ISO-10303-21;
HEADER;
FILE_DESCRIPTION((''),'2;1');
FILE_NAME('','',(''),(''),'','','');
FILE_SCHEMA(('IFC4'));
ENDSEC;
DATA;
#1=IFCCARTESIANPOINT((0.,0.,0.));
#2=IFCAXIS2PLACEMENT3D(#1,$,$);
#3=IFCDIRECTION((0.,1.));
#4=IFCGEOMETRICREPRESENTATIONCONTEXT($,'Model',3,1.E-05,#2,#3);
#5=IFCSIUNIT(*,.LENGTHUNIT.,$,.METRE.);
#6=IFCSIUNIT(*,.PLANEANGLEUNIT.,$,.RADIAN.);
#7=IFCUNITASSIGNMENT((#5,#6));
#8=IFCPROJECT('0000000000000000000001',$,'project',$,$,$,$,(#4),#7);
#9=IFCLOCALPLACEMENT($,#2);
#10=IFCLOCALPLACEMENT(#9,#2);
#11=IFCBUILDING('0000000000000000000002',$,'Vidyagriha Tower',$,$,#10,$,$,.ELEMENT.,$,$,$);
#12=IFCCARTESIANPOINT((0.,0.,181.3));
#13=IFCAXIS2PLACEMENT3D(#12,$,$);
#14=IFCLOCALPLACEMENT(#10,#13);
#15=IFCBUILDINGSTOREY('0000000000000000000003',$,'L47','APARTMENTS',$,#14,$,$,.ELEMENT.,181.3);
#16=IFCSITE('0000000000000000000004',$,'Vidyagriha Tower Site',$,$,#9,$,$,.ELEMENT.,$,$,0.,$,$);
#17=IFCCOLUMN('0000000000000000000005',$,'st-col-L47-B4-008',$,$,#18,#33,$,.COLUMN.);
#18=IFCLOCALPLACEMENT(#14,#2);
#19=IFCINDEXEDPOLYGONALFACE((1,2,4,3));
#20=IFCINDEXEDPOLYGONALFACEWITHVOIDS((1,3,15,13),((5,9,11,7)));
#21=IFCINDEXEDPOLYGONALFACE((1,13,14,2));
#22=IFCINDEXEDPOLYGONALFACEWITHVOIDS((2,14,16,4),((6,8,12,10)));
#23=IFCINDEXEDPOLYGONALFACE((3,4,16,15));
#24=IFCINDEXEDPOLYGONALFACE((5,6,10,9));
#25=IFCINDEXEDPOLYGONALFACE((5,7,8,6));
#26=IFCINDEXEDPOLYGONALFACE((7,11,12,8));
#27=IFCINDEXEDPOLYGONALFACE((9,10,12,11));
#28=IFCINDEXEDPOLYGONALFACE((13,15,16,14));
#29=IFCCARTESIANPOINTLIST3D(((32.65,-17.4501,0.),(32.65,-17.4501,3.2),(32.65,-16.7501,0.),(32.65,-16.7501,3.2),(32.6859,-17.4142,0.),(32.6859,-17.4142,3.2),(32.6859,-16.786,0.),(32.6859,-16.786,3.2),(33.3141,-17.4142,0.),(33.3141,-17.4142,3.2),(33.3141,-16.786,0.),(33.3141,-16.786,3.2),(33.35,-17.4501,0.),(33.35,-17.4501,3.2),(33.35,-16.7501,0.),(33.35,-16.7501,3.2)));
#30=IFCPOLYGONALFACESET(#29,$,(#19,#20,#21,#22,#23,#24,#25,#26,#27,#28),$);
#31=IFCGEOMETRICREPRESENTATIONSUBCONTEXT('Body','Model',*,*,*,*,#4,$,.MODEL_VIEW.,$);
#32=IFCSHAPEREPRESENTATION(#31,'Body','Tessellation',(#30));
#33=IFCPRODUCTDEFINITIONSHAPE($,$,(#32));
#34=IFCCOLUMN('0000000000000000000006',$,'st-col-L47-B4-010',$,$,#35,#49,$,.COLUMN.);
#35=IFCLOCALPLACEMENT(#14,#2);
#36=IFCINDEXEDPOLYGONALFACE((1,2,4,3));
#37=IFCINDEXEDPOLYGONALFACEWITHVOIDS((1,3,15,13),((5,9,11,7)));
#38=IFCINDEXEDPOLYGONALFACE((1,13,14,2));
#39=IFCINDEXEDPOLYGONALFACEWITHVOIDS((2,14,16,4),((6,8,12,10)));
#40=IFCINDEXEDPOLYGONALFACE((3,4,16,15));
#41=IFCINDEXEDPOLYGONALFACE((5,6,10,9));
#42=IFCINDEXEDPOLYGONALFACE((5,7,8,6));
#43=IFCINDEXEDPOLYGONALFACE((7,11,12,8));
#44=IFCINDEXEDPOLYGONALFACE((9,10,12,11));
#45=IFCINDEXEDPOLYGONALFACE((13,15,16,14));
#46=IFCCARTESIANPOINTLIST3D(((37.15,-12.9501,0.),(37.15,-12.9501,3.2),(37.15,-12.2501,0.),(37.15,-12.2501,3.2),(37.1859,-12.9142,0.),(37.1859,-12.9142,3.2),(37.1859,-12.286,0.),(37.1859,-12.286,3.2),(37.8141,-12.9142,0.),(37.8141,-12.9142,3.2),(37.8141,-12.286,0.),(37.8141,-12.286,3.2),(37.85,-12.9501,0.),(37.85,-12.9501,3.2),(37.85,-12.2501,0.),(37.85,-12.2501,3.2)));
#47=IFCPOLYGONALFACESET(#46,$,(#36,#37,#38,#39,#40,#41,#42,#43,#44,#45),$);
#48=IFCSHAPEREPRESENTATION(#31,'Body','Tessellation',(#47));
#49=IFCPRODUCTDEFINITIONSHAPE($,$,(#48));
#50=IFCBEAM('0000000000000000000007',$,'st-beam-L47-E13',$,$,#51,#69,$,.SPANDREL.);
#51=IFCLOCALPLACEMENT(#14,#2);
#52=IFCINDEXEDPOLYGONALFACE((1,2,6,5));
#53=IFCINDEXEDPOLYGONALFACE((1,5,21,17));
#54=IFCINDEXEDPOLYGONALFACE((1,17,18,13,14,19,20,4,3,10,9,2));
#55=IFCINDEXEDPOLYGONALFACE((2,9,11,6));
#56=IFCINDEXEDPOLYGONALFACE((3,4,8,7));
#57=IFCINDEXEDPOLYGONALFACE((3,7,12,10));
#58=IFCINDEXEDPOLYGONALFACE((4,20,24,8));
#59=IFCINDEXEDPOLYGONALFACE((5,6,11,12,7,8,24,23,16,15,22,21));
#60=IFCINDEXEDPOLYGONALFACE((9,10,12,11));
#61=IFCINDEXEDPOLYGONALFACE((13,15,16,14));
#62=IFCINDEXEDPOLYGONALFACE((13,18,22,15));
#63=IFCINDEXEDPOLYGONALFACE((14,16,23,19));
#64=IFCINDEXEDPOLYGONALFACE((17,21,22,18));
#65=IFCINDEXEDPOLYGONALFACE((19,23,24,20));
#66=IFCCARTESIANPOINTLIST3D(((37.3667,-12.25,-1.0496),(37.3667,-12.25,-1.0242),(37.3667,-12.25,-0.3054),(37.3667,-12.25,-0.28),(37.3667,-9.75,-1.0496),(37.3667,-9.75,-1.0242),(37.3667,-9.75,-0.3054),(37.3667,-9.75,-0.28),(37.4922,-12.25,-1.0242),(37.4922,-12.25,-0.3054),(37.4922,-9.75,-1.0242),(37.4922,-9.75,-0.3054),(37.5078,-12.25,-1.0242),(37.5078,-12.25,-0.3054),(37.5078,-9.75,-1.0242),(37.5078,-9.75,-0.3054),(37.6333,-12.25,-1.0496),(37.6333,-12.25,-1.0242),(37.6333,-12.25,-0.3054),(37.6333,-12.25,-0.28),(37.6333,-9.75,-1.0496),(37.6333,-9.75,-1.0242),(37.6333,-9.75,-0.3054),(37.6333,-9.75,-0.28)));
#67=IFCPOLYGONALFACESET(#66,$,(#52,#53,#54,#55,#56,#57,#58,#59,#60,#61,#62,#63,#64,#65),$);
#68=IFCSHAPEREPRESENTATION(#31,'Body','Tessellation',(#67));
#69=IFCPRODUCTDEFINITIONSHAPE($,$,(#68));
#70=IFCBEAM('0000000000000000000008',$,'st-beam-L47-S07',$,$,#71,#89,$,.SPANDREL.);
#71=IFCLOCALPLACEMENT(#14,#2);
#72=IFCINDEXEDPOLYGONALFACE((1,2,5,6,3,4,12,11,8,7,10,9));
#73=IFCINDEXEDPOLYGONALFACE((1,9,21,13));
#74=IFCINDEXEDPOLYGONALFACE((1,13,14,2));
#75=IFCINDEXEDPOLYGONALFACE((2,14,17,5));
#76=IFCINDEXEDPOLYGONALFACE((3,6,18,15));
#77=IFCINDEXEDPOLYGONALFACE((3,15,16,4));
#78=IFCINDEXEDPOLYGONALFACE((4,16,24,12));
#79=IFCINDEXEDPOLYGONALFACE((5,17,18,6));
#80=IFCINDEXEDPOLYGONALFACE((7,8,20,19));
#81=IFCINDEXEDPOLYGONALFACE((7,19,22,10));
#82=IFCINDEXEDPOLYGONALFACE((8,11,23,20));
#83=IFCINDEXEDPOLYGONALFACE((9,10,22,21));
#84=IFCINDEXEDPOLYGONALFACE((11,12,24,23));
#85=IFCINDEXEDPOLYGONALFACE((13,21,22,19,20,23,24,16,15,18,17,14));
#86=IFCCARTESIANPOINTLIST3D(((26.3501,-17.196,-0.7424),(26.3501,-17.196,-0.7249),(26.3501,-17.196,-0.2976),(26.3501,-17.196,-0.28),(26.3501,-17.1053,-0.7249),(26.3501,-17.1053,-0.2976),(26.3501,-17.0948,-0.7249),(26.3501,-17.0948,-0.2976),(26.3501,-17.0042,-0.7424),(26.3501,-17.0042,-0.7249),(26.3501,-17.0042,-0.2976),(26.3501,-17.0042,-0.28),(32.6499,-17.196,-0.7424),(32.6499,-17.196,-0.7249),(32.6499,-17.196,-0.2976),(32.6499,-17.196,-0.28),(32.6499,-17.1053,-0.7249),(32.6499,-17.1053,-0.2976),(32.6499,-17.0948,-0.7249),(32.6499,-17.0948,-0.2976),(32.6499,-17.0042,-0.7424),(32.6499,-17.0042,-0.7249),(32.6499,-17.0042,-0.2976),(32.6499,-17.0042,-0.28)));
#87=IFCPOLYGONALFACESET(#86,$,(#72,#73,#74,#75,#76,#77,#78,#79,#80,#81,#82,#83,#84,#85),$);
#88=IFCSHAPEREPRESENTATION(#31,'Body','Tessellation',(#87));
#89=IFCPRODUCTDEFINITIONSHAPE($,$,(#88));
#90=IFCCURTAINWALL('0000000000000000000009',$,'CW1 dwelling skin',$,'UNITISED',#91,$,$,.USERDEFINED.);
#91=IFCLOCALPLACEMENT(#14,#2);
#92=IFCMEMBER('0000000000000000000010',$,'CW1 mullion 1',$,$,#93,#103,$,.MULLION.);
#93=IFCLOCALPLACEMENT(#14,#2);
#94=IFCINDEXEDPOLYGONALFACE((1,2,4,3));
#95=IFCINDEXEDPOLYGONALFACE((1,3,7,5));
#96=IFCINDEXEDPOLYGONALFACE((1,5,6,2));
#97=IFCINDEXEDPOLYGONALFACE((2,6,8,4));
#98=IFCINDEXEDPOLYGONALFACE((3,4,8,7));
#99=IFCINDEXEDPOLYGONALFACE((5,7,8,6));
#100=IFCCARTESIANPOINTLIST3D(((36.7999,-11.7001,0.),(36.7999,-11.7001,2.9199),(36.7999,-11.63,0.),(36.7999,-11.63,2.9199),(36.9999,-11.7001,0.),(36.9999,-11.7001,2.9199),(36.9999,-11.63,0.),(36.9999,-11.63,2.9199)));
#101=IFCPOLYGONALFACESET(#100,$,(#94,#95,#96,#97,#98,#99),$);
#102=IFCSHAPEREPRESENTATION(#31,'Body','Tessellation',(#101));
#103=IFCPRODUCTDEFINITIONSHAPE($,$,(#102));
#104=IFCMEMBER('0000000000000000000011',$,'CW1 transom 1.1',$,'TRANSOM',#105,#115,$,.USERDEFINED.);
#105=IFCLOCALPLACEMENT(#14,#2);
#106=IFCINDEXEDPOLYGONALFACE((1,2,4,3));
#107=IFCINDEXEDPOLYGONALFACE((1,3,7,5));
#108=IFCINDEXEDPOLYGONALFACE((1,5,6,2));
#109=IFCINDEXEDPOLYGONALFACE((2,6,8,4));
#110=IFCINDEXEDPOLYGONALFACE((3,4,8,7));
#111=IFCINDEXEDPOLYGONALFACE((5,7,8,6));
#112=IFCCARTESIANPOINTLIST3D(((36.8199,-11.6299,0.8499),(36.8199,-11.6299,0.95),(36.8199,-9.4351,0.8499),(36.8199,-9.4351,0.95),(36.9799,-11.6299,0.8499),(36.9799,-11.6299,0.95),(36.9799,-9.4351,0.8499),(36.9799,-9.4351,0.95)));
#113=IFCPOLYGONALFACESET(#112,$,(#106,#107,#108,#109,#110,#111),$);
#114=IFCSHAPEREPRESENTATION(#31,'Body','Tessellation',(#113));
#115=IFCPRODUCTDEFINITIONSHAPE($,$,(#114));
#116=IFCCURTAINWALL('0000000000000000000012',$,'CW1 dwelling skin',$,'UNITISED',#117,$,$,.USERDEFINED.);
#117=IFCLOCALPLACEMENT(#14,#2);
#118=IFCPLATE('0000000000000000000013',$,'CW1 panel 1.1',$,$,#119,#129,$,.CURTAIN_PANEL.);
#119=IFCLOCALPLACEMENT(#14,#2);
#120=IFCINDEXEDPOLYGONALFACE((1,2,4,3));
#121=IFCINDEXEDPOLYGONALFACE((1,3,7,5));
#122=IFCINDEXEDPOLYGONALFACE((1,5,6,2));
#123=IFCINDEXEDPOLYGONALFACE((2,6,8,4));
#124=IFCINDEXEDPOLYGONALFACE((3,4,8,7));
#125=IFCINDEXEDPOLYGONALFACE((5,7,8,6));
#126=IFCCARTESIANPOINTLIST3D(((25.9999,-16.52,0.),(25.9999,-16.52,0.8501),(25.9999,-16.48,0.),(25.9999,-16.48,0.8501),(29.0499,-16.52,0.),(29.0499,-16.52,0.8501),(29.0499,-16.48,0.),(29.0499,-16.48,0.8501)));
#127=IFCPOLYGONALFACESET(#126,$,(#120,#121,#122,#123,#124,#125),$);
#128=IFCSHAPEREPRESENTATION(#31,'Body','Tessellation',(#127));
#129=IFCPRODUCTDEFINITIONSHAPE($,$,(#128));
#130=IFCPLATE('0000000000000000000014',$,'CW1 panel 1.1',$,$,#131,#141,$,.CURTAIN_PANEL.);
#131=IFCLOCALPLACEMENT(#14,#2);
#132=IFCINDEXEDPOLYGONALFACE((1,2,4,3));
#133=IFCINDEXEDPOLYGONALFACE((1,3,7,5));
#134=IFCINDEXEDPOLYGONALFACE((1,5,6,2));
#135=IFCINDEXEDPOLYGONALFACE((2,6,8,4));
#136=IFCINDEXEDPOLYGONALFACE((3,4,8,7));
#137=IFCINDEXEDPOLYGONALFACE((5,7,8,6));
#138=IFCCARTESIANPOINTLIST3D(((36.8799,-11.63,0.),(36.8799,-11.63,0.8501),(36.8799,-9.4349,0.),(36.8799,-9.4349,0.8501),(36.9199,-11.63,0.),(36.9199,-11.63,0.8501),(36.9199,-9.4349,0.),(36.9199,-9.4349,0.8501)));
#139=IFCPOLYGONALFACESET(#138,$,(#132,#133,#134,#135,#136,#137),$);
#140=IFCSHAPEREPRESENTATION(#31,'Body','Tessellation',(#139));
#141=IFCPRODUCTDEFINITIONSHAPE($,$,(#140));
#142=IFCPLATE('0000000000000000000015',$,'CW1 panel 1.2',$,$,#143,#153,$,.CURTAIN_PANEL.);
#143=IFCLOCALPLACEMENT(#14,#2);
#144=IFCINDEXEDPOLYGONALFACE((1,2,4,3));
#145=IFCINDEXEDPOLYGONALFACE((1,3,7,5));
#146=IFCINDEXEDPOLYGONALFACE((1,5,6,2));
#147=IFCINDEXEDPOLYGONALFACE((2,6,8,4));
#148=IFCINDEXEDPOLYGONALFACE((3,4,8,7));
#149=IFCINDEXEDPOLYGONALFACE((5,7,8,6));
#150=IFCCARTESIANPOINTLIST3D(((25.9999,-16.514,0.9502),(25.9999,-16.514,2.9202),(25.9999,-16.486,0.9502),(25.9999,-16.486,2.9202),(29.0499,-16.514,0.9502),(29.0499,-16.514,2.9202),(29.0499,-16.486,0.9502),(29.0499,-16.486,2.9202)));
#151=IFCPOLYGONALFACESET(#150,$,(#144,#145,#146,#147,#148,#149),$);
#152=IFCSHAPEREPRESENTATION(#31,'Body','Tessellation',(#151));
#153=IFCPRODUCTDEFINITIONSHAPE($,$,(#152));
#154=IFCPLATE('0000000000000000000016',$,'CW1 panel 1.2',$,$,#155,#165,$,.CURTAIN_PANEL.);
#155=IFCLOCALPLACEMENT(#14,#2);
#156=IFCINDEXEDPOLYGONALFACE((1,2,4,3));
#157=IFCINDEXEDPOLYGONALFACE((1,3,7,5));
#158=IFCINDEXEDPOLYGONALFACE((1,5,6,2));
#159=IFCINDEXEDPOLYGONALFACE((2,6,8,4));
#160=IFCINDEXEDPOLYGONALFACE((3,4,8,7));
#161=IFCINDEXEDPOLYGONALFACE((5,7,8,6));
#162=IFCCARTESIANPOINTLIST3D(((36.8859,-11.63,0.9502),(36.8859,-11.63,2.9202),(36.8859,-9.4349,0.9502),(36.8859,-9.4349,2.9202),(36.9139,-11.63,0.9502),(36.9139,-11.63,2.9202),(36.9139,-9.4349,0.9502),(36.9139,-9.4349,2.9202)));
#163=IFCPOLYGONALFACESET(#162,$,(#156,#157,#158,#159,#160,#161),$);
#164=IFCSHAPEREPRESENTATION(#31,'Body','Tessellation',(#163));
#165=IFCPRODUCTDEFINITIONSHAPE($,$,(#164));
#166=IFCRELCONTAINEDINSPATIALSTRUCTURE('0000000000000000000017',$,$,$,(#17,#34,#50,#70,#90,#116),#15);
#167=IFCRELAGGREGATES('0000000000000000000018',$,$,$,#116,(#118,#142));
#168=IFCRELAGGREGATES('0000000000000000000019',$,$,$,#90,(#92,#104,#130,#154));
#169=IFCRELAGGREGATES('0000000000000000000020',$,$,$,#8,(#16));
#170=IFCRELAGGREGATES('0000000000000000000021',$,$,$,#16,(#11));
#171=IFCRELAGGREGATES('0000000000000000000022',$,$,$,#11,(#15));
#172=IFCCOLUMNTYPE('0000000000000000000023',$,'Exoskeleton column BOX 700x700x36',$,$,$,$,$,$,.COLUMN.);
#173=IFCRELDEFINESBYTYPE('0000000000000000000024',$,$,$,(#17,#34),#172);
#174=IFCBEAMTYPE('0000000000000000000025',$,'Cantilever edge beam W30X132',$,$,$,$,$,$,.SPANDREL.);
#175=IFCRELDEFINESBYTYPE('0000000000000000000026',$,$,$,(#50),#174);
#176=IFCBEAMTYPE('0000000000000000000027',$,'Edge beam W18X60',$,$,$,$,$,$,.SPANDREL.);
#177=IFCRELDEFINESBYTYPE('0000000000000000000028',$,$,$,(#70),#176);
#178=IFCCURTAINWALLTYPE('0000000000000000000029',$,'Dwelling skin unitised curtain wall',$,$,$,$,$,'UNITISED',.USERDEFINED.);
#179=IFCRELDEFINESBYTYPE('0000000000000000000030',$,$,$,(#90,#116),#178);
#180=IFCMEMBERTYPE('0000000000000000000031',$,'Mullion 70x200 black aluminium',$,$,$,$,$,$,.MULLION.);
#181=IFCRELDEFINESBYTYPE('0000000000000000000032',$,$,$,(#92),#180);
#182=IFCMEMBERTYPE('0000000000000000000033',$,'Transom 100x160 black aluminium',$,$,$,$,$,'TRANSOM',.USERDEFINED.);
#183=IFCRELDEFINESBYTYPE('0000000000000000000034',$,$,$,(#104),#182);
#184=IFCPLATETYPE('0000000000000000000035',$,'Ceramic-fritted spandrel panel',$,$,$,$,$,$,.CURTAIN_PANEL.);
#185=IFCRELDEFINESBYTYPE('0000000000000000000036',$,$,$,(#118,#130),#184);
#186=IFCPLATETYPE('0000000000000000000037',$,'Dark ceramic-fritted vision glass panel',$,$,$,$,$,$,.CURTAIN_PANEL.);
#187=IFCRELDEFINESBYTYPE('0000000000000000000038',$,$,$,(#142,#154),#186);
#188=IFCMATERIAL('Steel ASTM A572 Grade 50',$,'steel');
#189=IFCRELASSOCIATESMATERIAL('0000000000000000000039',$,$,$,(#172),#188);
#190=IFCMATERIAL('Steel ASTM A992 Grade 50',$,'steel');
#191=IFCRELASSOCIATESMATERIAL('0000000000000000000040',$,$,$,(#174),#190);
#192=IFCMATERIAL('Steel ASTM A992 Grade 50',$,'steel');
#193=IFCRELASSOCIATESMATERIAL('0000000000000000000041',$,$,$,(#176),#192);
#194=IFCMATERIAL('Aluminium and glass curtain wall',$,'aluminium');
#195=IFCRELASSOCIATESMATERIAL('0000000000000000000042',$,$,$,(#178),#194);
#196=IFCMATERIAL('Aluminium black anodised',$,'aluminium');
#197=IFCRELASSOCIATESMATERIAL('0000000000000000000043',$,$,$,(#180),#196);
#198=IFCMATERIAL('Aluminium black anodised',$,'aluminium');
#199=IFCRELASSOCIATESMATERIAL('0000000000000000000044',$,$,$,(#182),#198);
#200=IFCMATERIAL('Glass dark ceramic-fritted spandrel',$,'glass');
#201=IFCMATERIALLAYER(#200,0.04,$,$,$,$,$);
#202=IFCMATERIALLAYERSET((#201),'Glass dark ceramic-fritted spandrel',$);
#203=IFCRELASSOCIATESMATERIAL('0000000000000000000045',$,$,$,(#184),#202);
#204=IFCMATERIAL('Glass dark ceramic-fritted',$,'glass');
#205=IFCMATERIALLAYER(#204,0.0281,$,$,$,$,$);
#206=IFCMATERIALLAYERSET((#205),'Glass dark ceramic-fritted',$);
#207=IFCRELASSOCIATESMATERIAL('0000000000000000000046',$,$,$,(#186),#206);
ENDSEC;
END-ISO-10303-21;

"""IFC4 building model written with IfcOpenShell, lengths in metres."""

from ifc_helpers import new_model, si_unit, direction, frame, origin, origin_2d, place, context, subcontext, project, spatial, rectangle, hollow_rectangle, i_section, extrude, material, layer, layer_set, material_profile, profile_set, type_object, element, aggregate, save


model = new_model("IFC4")

# Units and contexts
model_context = context("Model", 3, precision=1e-05, world=origin(), true_north=direction((0.0, 1.0)))
body_context = subcontext(model_context, "Body", "Model", "MODEL_VIEW")
ifc_project = project(units=[si_unit("LENGTHUNIT", "METRE"), si_unit("PLANEANGLEUNIT", "RADIAN")], contexts=[model_context])

# Site, building, storey
site_placement = place(None, origin())
site = spatial("IfcSite", under=ifc_project, at=site_placement, Name="Vidyagriha Tower Site", CompositionType="ELEMENT", RefElevation=0.0)
building_placement = place(site_placement, origin())
building = spatial("IfcBuilding", under=site, at=building_placement, Name="Vidyagriha Tower", CompositionType="ELEMENT")
storey_placement = place(building_placement, frame((0.0, 0.0, 181.3)))
storey = spatial("IfcBuildingStorey", under=building, at=storey_placement, Name="L47", Description="APARTMENTS", CompositionType="ELEMENT", Elevation=181.3)

# Columns
ifc_material_1 = material(Name="Steel ASTM A572 Grade 50", Category="steel")
ifc_material_profile_1 = material_profile(ifc_material_1, hollow_rectangle(XDim=0.7, YDim=0.7, WallThickness=0.0359, at=origin_2d()), Name="BOX 700x700x36")
ifc_profile_set_1 = profile_set([ifc_material_profile_1], Name="Steel ASTM A572 Grade 50")
column_type = type_object("IfcColumnType", Name="Exoskeleton column BOX 700x700x36", PredefinedType="COLUMN", material=ifc_profile_set_1)
for number, where, name in (
    (1, (33.0, -17.1001, 0.0), "st-col-L47-B4-008"),
    (2, (37.5, -12.6001, 0.0), "st-col-L47-B4-010"),
):
    element("IfcColumn", number, at=place(storey_placement, frame(where)), inside=storey, type_object=column_type, Name=name, PredefinedType="COLUMN", context=body_context, shape_type="SweptSolid", body=[
        extrude(hollow_rectangle(XDim=0.7, YDim=0.7, WallThickness=0.0359, at=origin_2d()), origin(), (0.0, 0.0, 1.0), 3.2),
    ])

# Beams
ifc_material_2 = material(Name="Steel ASTM A992 Grade 50", Category="steel")
ifc_material_profile_2 = material_profile(ifc_material_2, i_section(OverallWidth=0.2666, OverallDepth=0.7695, WebThickness=0.0156, FlangeThickness=0.0254, at=origin_2d()), Name="W30X132")
ifc_profile_set_2 = profile_set([ifc_material_profile_2], Name="Steel ASTM A992 Grade 50")
beam_type_1 = type_object("IfcBeamType", Name="Cantilever edge beam W30X132", PredefinedType="SPANDREL", material=ifc_profile_set_2)
beam_1_placement = place(storey_placement, frame((37.5, -12.25, -0.6648), z_axis=(0.0, 1.0, 0.0), x_axis=(-1.0, 0.0, 0.0)))
element("IfcBeam", 3, at=beam_1_placement, inside=storey, type_object=beam_type_1, Name="st-beam-L47-E13", PredefinedType="SPANDREL", context=body_context, shape_type="SweptSolid", body=[
    extrude(i_section(OverallWidth=0.2666, OverallDepth=0.7695, WebThickness=0.0156, FlangeThickness=0.0254, at=origin_2d()), origin(), (0.0, 0.0, 1.0), 2.5),
])
ifc_material_3 = material(Name="Steel ASTM A992 Grade 50", Category="steel")
ifc_material_profile_3 = material_profile(ifc_material_3, i_section(OverallWidth=0.1919, OverallDepth=0.4624, WebThickness=0.0105, FlangeThickness=0.0176, at=origin_2d()), Name="W18X60")
ifc_profile_set_3 = profile_set([ifc_material_profile_3], Name="Steel ASTM A992 Grade 50")
beam_type_2 = type_object("IfcBeamType", Name="Edge beam W18X60", PredefinedType="SPANDREL", material=ifc_profile_set_3)
beam_2_placement = place(storey_placement, frame((26.3501, -17.1001, -0.5112), z_axis=(1.0, 0.0, 0.0), x_axis=(0.0, 1.0, 0.0)))
element("IfcBeam", 4, at=beam_2_placement, inside=storey, type_object=beam_type_2, Name="st-beam-L47-S07", PredefinedType="SPANDREL", context=body_context, shape_type="SweptSolid", body=[
    extrude(i_section(OverallWidth=0.1919, OverallDepth=0.4624, WebThickness=0.0105, FlangeThickness=0.0176, at=origin_2d()), origin(), (0.0, 0.0, 1.0), 6.2998),
])

# Curtain wall, members
ifc_material_4 = material(Name="Aluminium and glass curtain wall", Category="aluminium")
curtain_wall_type = type_object("IfcCurtainWallType", Name="Dwelling skin unitised curtain wall", ElementType="UNITISED", PredefinedType="USERDEFINED", material=ifc_material_4)
curtain_wall_1_placement = place(storey_placement, origin())
curtain_wall_1 = element("IfcCurtainWall", 5, at=curtain_wall_1_placement, inside=storey, type_object=curtain_wall_type, Name="CW1 dwelling skin", ObjectType="UNITISED", PredefinedType="USERDEFINED")
ifc_material_5 = material(Name="Aluminium black anodised", Category="aluminium")
ifc_material_profile_4 = material_profile(ifc_material_5, rectangle(XDim=0.2, YDim=0.0701, at=origin_2d()), Name="Mullion 70x200 black aluminium")
ifc_profile_set_4 = profile_set([ifc_material_profile_4], Name="Aluminium black anodised")
member_type_1 = type_object("IfcMemberType", Name="Mullion 70x200 black aluminium", PredefinedType="MULLION", material=ifc_profile_set_4)
member_1_placement = place(storey_placement, frame((36.8999, -11.665, 0.0), z_axis=(0.0, 0.0, 1.0), x_axis=(-1.0, 0.0, 0.0)))
member_1 = element("IfcMember", 6, at=member_1_placement, type_object=member_type_1, Name="CW1 mullion 1", PredefinedType="MULLION", context=body_context, shape_type="SweptSolid", body=[
    extrude(rectangle(XDim=0.2, YDim=0.0701, at=origin_2d()), origin(), (0.0, 0.0, 1.0), 2.9199),
])
ifc_material_6 = material(Name="Aluminium black anodised", Category="aluminium")
ifc_material_profile_5 = material_profile(ifc_material_6, rectangle(XDim=0.1599, YDim=0.1001, at=origin_2d()), Name="Transom 100x160 black aluminium")
ifc_profile_set_5 = profile_set([ifc_material_profile_5], Name="Aluminium black anodised")
member_type_2 = type_object("IfcMemberType", Name="Transom 100x160 black aluminium", ElementType="TRANSOM", PredefinedType="USERDEFINED", material=ifc_profile_set_5)
member_2_placement = place(storey_placement, frame((36.8999, -11.6299, 0.8999), z_axis=(0.0, 1.0, 0.0), x_axis=(-1.0, 0.0, 0.0)))
member_2 = element("IfcMember", 7, at=member_2_placement, type_object=member_type_2, Name="CW1 transom 1.1", ObjectType="TRANSOM", PredefinedType="USERDEFINED", context=body_context, shape_type="SweptSolid", body=[
    extrude(rectangle(XDim=0.1599, YDim=0.1001, at=origin_2d()), origin(), (0.0, 0.0, 1.0), 2.1948),
])

# Curtain wall, plate
curtain_wall_2_placement = place(storey_placement, origin())
curtain_wall_2 = element("IfcCurtainWall", 8, at=curtain_wall_2_placement, inside=storey, type_object=curtain_wall_type, Name="CW1 dwelling skin", ObjectType="UNITISED", PredefinedType="USERDEFINED")
ifc_material_7 = material(Name="Glass dark ceramic-fritted spandrel", Category="glass")
ifc_layer_1 = layer(ifc_material_7, 0.04)
ifc_layer_set_1 = layer_set([ifc_layer_1], Name="Glass dark ceramic-fritted spandrel")
plate_type_1 = type_object("IfcPlateType", Name="Ceramic-fritted spandrel panel", PredefinedType="CURTAIN_PANEL", material=ifc_layer_set_1)
plate_1_placement = place(storey_placement, frame((27.5249, -16.5, 0.0)))
plate_1 = element("IfcPlate", 9, at=plate_1_placement, type_object=plate_type_1, Name="CW1 panel 1.1", PredefinedType="CURTAIN_PANEL", context=body_context, shape_type="SweptSolid", body=[
    extrude(rectangle(XDim=3.05, YDim=0.04, at=origin_2d()), origin(), (0.0, 0.0, 1.0), 0.8501),
])

# Plates
plate_2_placement = place(storey_placement, frame((36.8999, -10.5325, 0.0), z_axis=(0.0, 0.0, 1.0), x_axis=(0.0, 1.0, 0.0)))
plate_2 = element("IfcPlate", 10, at=plate_2_placement, type_object=plate_type_1, Name="CW1 panel 1.1", PredefinedType="CURTAIN_PANEL", context=body_context, shape_type="SweptSolid", body=[
    extrude(rectangle(XDim=2.1951, YDim=0.04, at=origin_2d()), origin(), (0.0, 0.0, 1.0), 0.8501),
])
ifc_material_8 = material(Name="Glass dark ceramic-fritted", Category="glass")
ifc_layer_2 = layer(ifc_material_8, 0.0281)
ifc_layer_set_2 = layer_set([ifc_layer_2], Name="Glass dark ceramic-fritted")
plate_type_2 = type_object("IfcPlateType", Name="Dark ceramic-fritted vision glass panel", PredefinedType="CURTAIN_PANEL", material=ifc_layer_set_2)
plate_3_placement = place(storey_placement, frame((27.5249, -16.5, 0.9502)))
plate_3 = element("IfcPlate", 11, at=plate_3_placement, type_object=plate_type_2, Name="CW1 panel 1.2", PredefinedType="CURTAIN_PANEL", context=body_context, shape_type="SweptSolid", body=[
    extrude(rectangle(XDim=3.05, YDim=0.0281, at=origin_2d()), origin(), (0.0, 0.0, 1.0), 1.97),
])
aggregate(curtain_wall_2, [plate_1, plate_3])
plate_4_placement = place(storey_placement, frame((36.8999, -10.5325, 0.9502), z_axis=(0.0, 0.0, 1.0), x_axis=(0.0, 1.0, 0.0)))
plate_4 = element("IfcPlate", 12, at=plate_4_placement, type_object=plate_type_2, Name="CW1 panel 1.2", PredefinedType="CURTAIN_PANEL", context=body_context, shape_type="SweptSolid", body=[
    extrude(rectangle(XDim=2.1951, YDim=0.0281, at=origin_2d()), origin(), (0.0, 0.0, 1.0), 1.97),
])
aggregate(curtain_wall_1, [member_1, member_2, plate_2, plate_4])

save(model, "model.ifc")
